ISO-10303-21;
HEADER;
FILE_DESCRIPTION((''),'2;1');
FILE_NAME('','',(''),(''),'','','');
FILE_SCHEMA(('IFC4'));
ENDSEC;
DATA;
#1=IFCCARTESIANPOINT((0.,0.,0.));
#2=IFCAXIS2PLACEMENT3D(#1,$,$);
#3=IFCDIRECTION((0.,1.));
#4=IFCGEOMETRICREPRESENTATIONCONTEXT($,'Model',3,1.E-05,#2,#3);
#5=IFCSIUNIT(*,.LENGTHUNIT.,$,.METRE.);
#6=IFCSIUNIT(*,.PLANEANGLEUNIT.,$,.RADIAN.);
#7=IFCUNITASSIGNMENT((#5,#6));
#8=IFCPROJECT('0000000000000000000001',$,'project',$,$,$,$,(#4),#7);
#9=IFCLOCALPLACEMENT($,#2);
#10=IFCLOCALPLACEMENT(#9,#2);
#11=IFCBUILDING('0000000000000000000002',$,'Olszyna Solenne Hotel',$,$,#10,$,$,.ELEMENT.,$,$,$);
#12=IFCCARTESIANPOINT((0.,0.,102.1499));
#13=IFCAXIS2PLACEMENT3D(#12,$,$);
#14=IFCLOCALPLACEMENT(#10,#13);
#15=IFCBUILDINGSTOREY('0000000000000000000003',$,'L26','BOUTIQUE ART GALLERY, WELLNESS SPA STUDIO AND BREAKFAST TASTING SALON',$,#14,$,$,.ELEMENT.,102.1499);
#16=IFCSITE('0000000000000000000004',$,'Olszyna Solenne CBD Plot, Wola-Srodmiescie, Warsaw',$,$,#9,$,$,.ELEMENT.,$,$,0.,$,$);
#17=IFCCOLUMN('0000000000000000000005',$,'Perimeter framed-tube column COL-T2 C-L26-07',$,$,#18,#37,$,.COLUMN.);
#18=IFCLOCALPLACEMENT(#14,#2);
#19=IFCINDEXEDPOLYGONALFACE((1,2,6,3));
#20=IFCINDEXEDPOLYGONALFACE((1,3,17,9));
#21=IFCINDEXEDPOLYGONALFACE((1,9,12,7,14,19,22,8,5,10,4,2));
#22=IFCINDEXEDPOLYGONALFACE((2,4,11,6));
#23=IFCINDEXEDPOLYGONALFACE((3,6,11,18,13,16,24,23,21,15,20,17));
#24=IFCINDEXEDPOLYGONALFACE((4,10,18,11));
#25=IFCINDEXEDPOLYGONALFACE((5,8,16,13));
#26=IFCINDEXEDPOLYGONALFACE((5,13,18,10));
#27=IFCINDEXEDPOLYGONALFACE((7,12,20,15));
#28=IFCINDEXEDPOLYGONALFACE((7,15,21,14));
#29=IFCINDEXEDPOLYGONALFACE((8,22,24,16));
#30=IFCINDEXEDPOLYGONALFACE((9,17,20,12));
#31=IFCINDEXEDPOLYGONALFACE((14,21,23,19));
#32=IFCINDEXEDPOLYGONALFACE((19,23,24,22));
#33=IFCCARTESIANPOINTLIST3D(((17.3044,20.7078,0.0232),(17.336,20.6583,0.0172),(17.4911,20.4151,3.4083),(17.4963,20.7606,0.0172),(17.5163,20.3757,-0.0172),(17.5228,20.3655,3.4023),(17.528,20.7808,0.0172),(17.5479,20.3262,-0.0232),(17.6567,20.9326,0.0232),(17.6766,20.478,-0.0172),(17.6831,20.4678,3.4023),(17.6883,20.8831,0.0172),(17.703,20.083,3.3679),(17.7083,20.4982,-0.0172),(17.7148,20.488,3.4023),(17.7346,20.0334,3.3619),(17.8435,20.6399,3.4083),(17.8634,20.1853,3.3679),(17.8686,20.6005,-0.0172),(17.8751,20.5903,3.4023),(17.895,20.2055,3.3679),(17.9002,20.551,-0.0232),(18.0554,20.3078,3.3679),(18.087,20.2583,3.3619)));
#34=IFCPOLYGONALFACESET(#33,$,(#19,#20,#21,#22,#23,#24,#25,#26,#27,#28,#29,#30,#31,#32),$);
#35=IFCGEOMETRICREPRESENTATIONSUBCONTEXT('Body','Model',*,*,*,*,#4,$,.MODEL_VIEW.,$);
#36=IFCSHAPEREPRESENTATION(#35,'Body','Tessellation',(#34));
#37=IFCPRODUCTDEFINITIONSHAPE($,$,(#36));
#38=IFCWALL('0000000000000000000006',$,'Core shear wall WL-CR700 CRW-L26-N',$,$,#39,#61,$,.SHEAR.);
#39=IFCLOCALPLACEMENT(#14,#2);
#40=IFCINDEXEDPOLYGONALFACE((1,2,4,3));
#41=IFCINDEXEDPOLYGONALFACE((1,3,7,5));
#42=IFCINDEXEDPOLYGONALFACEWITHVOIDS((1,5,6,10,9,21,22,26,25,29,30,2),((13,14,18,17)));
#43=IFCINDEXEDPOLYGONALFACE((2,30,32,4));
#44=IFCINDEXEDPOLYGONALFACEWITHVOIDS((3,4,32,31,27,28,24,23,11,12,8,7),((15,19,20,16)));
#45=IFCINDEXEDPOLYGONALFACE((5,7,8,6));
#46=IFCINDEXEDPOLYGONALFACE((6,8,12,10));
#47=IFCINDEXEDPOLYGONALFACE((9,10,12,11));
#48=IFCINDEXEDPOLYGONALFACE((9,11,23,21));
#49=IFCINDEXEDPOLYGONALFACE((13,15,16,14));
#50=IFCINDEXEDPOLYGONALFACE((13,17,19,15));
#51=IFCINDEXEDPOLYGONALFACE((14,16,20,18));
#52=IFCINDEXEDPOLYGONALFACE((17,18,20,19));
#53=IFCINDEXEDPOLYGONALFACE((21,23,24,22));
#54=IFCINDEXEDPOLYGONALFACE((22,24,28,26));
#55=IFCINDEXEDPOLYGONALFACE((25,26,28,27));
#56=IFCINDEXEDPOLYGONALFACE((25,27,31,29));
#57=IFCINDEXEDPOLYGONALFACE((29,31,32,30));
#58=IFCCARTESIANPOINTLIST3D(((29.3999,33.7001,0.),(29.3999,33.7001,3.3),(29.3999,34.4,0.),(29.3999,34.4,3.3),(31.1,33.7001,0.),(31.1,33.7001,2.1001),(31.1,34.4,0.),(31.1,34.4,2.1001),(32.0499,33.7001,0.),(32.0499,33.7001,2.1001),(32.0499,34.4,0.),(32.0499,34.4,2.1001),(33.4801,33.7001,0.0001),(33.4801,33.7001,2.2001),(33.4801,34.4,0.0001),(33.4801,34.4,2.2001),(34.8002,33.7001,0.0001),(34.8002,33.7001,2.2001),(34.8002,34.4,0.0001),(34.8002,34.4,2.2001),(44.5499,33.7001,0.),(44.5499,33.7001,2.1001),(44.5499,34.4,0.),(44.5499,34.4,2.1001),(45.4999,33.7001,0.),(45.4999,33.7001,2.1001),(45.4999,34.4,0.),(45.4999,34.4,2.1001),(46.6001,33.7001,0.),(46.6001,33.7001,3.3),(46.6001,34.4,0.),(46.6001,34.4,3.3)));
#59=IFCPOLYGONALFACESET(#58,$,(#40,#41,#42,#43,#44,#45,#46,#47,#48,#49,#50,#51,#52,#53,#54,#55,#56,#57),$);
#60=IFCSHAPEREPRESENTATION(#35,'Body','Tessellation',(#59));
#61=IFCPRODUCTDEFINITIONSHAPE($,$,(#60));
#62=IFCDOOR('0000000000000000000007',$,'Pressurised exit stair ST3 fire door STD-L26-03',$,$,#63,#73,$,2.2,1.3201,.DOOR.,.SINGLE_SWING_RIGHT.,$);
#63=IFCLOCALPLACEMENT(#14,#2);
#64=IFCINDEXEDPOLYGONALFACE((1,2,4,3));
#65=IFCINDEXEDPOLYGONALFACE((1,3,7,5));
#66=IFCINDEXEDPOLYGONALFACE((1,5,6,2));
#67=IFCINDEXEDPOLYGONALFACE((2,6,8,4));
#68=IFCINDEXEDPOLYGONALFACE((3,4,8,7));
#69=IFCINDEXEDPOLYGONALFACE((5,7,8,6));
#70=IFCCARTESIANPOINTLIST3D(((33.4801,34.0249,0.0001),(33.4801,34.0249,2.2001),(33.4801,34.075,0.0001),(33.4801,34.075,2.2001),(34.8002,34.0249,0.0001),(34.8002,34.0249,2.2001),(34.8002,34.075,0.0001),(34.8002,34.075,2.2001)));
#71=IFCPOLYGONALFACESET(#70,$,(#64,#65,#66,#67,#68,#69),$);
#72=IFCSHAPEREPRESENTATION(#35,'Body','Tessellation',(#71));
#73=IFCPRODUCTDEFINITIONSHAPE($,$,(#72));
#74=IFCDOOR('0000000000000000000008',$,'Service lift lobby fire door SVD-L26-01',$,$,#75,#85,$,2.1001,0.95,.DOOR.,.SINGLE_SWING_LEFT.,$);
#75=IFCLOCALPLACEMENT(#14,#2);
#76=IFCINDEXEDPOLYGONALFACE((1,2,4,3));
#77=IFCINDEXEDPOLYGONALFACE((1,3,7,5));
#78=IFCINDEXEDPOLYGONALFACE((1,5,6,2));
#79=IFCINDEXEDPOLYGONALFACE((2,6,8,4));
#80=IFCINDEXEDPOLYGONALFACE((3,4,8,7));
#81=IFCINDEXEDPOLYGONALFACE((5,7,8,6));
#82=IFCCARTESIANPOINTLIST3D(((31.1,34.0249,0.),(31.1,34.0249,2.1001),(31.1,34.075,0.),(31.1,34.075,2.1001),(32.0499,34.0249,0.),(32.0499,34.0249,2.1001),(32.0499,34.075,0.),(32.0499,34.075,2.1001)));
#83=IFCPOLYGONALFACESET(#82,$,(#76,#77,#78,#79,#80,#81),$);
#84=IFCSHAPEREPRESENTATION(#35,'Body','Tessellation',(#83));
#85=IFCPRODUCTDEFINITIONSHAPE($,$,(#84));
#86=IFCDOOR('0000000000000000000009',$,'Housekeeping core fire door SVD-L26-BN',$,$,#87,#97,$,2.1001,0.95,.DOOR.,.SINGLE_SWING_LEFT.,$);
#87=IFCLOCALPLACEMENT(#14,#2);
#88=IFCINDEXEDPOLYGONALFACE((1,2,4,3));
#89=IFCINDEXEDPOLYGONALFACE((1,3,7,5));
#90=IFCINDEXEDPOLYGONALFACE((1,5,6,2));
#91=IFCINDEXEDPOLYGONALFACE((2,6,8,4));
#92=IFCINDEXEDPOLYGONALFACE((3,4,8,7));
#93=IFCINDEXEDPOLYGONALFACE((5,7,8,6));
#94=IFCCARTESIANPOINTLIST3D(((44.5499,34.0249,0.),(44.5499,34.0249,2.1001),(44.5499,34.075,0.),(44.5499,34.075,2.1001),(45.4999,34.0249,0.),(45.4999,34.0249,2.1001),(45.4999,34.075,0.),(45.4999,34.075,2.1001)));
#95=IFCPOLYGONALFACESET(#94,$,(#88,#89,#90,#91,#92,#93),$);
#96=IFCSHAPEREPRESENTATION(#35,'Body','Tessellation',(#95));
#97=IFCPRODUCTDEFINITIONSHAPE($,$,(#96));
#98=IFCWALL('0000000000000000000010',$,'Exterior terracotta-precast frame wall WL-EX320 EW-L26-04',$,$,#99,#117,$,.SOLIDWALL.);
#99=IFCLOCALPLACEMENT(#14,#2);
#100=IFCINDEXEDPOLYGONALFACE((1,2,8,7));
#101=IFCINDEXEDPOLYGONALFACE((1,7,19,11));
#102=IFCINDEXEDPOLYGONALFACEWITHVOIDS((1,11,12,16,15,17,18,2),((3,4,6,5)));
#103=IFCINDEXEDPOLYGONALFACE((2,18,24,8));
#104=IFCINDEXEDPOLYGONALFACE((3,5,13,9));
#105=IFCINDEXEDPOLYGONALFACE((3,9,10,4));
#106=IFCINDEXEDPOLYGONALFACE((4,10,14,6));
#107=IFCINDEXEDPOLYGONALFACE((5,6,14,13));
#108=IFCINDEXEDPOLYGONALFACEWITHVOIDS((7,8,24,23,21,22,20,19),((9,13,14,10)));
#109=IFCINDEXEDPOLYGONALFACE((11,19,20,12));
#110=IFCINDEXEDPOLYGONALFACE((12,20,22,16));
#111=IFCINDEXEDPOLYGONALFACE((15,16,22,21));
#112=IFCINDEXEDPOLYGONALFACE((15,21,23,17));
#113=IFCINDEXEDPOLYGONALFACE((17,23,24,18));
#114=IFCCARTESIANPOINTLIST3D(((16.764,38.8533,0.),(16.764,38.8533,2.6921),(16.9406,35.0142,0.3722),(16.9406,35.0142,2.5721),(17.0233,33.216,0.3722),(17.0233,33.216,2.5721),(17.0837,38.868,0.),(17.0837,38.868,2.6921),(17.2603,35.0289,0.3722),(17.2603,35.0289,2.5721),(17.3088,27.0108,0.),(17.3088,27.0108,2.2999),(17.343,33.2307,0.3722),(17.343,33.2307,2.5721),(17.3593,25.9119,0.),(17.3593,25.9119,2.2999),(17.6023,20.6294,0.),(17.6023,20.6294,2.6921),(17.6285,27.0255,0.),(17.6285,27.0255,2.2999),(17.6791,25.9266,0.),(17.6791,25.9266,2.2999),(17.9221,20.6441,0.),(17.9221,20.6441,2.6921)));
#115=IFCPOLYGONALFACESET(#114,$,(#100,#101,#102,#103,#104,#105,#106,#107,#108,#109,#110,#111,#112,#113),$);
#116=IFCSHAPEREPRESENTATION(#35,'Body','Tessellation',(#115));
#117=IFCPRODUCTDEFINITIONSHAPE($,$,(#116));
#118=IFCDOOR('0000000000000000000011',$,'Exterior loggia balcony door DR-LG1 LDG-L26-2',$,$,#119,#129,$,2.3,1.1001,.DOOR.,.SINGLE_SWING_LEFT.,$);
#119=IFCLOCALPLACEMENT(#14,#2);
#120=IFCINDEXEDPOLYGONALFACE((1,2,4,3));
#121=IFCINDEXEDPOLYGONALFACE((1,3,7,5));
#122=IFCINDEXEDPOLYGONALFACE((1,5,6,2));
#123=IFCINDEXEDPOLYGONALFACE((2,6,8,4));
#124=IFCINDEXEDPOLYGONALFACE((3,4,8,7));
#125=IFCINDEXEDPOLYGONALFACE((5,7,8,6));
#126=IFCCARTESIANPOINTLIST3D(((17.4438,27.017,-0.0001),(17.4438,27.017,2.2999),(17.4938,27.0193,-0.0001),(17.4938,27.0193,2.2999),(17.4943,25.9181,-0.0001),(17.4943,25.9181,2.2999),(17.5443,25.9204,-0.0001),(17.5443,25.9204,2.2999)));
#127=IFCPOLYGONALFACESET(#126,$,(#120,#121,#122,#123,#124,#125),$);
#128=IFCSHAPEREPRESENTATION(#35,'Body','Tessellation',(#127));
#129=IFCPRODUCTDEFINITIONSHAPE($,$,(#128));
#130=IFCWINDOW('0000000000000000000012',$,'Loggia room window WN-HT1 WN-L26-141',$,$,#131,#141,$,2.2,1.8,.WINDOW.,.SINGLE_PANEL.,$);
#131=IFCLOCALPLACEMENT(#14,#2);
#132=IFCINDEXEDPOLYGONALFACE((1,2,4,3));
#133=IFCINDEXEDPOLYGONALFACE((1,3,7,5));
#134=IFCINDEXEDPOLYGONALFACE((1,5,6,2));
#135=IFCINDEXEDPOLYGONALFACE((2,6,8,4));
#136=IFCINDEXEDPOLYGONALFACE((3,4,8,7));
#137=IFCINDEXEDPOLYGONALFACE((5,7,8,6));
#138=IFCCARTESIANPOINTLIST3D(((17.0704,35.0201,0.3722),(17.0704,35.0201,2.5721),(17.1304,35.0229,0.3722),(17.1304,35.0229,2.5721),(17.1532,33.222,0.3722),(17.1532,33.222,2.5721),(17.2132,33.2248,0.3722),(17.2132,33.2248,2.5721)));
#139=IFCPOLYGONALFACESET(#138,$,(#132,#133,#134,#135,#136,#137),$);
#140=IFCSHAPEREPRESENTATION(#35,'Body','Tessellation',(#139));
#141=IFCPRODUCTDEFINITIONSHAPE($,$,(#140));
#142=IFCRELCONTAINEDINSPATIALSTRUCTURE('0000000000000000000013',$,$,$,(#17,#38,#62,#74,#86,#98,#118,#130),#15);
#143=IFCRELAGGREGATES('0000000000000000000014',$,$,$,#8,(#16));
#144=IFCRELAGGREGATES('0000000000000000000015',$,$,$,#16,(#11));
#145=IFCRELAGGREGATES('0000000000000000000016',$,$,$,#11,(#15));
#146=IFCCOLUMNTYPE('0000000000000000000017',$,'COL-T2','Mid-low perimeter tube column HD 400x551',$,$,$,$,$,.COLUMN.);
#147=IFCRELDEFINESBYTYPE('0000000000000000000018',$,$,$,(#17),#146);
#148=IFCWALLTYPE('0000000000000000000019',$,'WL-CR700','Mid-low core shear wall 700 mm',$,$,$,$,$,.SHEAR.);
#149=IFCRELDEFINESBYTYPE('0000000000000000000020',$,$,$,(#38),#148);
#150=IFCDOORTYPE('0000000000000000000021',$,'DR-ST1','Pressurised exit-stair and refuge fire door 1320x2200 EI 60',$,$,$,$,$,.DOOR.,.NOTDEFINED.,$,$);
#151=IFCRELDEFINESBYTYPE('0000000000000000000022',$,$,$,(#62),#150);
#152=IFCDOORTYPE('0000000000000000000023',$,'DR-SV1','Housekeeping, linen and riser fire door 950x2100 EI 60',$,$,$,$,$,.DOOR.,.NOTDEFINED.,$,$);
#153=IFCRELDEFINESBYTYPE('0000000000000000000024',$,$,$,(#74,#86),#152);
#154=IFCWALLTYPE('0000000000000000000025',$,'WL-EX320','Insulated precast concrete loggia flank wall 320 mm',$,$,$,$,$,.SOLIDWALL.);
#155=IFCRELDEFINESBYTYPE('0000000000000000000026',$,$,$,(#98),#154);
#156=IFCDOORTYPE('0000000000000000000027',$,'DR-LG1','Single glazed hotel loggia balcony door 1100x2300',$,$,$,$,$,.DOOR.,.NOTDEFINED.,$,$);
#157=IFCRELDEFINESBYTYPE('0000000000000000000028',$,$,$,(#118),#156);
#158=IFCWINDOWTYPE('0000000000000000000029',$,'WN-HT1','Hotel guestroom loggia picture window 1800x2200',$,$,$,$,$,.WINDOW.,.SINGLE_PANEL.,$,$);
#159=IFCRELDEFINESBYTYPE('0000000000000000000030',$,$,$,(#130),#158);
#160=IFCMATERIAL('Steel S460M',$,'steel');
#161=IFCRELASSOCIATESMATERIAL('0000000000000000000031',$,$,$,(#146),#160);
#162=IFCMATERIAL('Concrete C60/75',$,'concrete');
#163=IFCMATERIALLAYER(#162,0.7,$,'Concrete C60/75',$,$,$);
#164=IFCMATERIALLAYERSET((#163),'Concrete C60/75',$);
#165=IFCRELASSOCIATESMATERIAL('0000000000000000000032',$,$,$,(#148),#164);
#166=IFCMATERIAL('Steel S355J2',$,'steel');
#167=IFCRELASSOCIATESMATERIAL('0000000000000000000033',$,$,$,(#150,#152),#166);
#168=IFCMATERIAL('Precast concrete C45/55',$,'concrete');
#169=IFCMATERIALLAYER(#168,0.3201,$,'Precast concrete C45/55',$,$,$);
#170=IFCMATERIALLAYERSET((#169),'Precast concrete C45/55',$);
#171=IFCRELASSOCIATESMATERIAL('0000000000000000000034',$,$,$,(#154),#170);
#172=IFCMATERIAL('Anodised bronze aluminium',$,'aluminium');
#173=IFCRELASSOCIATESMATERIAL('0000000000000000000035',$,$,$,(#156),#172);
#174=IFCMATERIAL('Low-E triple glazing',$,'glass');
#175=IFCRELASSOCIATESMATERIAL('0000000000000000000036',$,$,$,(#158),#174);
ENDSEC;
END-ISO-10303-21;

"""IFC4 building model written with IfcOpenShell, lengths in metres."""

from ifc_helpers import new_model, si_unit, direction, frame, frame_2d, origin, origin_2d, place, context, subcontext, project, spatial, rectangle, i_section, extrude, source, transform, mapped, material, layer, layer_set, material_profile, profile_set, type_object, type_shapes, element, fill, save


model = new_model("IFC4")

# Units and contexts
model_context = context("Model", 3, precision=1e-05, world=origin(), true_north=direction((0.0, 1.0)))
body_context = subcontext(model_context, "Body", "Model", "MODEL_VIEW")
ifc_project = project(units=[si_unit("LENGTHUNIT", "METRE"), si_unit("PLANEANGLEUNIT", "RADIAN")], contexts=[model_context])

# Site, building, storey
site_placement = place(None, origin())
site = spatial("IfcSite", under=ifc_project, at=site_placement, Name="Olszyna Solenne CBD Plot, Wola-Srodmiescie, Warsaw", CompositionType="ELEMENT", RefElevation=0.0)
building_placement = place(site_placement, origin())
building = spatial("IfcBuilding", under=site, at=building_placement, Name="Olszyna Solenne Hotel", CompositionType="ELEMENT")
storey_placement = place(building_placement, frame((0.0, 0.0, 102.1499)))
storey = spatial("IfcBuildingStorey", under=building, at=storey_placement, Name="L26", Description="BOUTIQUE ART GALLERY, WELLNESS SPA STUDIO AND BREAKFAST TASTING SALON", CompositionType="ELEMENT", Elevation=102.1499)

# Column
ifc_material_1 = material(Name="Steel S460M", Category="steel")
ifc_material_profile = material_profile(ifc_material_1, i_section(OverallWidth=0.418, OverallDepth=0.4551, WebThickness=0.0376, FlangeThickness=0.0591, at=origin_2d()), Name="HD 400x551", Category="load-bearing")
ifc_profile_set = profile_set([ifc_material_profile], Name="Steel S460M")
column_type = type_object("IfcColumnType", Name="COL-T2", Description="Mid-low perimeter tube column HD 400x551", PredefinedType="COLUMN", material=ifc_profile_set)
shared_shape_1 = source(origin(), body_context, "Body", "SweptSolid", [
    extrude(i_section(OverallWidth=0.418, OverallDepth=0.4551, WebThickness=0.0376, FlangeThickness=0.0591, at=origin_2d()), origin(), (0.0, 0.0, 1.0), 3.4028),
])
column_placement = place(storey_placement, frame((17.6023, 20.6294, 0.0), z_axis=(0.054887, -0.086025, 0.99478), x_axis=(0.843024, 0.537876, 0.0)))
element("IfcColumn", 1, at=column_placement, inside=storey, type_object=column_type, Name="Perimeter framed-tube column COL-T2 C-L26-07", PredefinedType="COLUMN", context=body_context, shape_type="MappedRepresentation", body=[
    mapped(shared_shape_1, transform((0.0, 0.0, 0.0), x_axis=(1.0, 0.0, 0.0), y_axis=(0.0, 1.0, 0.0), z_axis=(0.0, 0.0, 1.0), scale=1.0)),
])

# Wall, openings, doors
ifc_material_2 = material(Name="Concrete C60/75", Category="concrete")
ifc_layer_1 = layer(ifc_material_2, 0.7, Name="Concrete C60/75")
ifc_layer_set_1 = layer_set([ifc_layer_1], Name="Concrete C60/75")
wall_type_1 = type_object("IfcWallType", Name="WL-CR700", Description="Mid-low core shear wall 700 mm", PredefinedType="SHEAR", material=ifc_layer_set_1)
wall_1_placement = place(storey_placement, frame((29.3999, 34.05, 0.0), z_axis=(0.0, 0.0, 1.0), x_axis=(1.0, 0.0, 0.0)))
wall_1 = element("IfcWall", 2, at=wall_1_placement, inside=storey, type_object=wall_type_1, Name="Core shear wall WL-CR700 CRW-L26-N", PredefinedType="SHEAR", context=body_context, shape_type="SweptSolid", body=[
    extrude(rectangle(XDim=17.2002, YDim=0.7, at=frame_2d((8.6001, 0.0))), origin(), (0.0, 0.0, 1.0), 3.3),
])
opening_1_placement = place(wall_1_placement, frame((1.7, 0.0, 0.0)))
opening_1 = element("IfcOpeningElement", 3, at=opening_1_placement, cuts=wall_1, PredefinedType="OPENING", context=body_context, shape_type="SweptSolid", body=[
    extrude(rectangle(XDim=0.95, YDim=2.1001, at=frame_2d((0.4751, 1.05))), frame((0.0, 0.3599, 0.0), z_axis=(0.0, -1.0, 0.0), x_axis=(1.0, 0.0, 0.0)), (0.0, 0.0, 1.0), 0.72),
])
opening_2_placement = place(wall_1_placement, frame((4.0801, 0.0, 0.0)))
opening_2 = element("IfcOpeningElement", 4, at=opening_2_placement, cuts=wall_1, PredefinedType="OPENING", context=body_context, shape_type="SweptSolid", body=[
    extrude(rectangle(XDim=1.3201, YDim=2.2, at=frame_2d((0.6602, 1.1001))), frame((0.0, 0.3599, 0.0), z_axis=(0.0, -1.0, 0.0), x_axis=(1.0, 0.0, 0.0)), (0.0, 0.0, 1.0), 0.72),
])
opening_3_placement = place(wall_1_placement, frame((15.1499, 0.0, 0.0)))
opening_3 = element("IfcOpeningElement", 5, at=opening_3_placement, cuts=wall_1, PredefinedType="OPENING", context=body_context, shape_type="SweptSolid", body=[
    extrude(rectangle(XDim=0.95, YDim=2.1001, at=frame_2d((0.4751, 1.05))), frame((0.0, 0.3599, 0.0), z_axis=(0.0, -1.0, 0.0), x_axis=(1.0, 0.0, 0.0)), (0.0, 0.0, 1.0), 0.72),
])
ifc_material_3 = material(Name="Steel S355J2", Category="steel")
door_type_1 = type_object("IfcDoorType", Name="DR-ST1", Description="Pressurised exit-stair and refuge fire door 1320x2200 EI 60", OperationType="NOTDEFINED", PredefinedType="DOOR", material=ifc_material_3)
shared_shape_2 = source(origin(), body_context, "Body", "SweptSolid", [
    extrude(rectangle(XDim=1.3201, YDim=2.2, at=frame_2d((0.6602, 1.1001))), frame((0.0, 0.0249, 0.0), z_axis=(0.0, -1.0, 0.0), x_axis=(1.0, 0.0, 0.0)), (0.0, 0.0, 1.0), 0.05),
])
type_shapes(door_type_1, [shared_shape_2])
door_1_placement = place(opening_2_placement, origin())
door_1 = element("IfcDoor", 6, at=door_1_placement, inside=storey, type_object=door_type_1, Name="Pressurised exit stair ST3 fire door STD-L26-03", OperationType="SINGLE_SWING_RIGHT", OverallHeight=2.2, OverallWidth=1.3201, PredefinedType="DOOR", context=body_context, shape_type="MappedRepresentation", body=[
    mapped(shared_shape_2, transform((0.0, 0.0, 0.0), x_axis=(1.0, 0.0, 0.0), y_axis=(0.0, 1.0, 0.0), z_axis=(0.0, 0.0, 1.0), scale=1.0)),
])
fill(opening_2, door_1)
door_type_2 = type_object("IfcDoorType", Name="DR-SV1", Description="Housekeeping, linen and riser fire door 950x2100 EI 60", OperationType="NOTDEFINED", PredefinedType="DOOR", material=ifc_material_3)
shared_shape_3 = source(origin(), body_context, "Body", "SweptSolid", [
    extrude(rectangle(XDim=0.95, YDim=2.1001, at=frame_2d((0.4751, 1.05))), frame((0.0, 0.0249, 0.0), z_axis=(0.0, -1.0, 0.0), x_axis=(1.0, 0.0, 0.0)), (0.0, 0.0, 1.0), 0.05),
])
type_shapes(door_type_2, [shared_shape_3])
door_2_placement = place(opening_1_placement, origin())
door_2 = element("IfcDoor", 7, at=door_2_placement, inside=storey, type_object=door_type_2, Name="Service lift lobby fire door SVD-L26-01", OperationType="SINGLE_SWING_LEFT", OverallHeight=2.1001, OverallWidth=0.95, PredefinedType="DOOR", context=body_context, shape_type="MappedRepresentation", body=[
    mapped(shared_shape_3, transform((0.0, 0.0, 0.0), x_axis=(1.0, 0.0, 0.0), y_axis=(0.0, 1.0, 0.0), z_axis=(0.0, 0.0, 1.0), scale=1.0)),
])
fill(opening_1, door_2)
door_3_placement = place(opening_3_placement, origin())
door_3 = element("IfcDoor", 8, at=door_3_placement, inside=storey, type_object=door_type_2, Name="Housekeeping core fire door SVD-L26-BN", OperationType="SINGLE_SWING_LEFT", OverallHeight=2.1001, OverallWidth=0.95, PredefinedType="DOOR", context=body_context, shape_type="MappedRepresentation", body=[
    mapped(shared_shape_3, transform((0.0, 0.0, 0.0), x_axis=(1.0, 0.0, 0.0), y_axis=(0.0, 1.0, 0.0), z_axis=(0.0, 0.0, 1.0), scale=1.0)),
])
fill(opening_3, door_3)

# Wall, openings, door, window
ifc_material_4 = material(Name="Precast concrete C45/55", Category="concrete")
ifc_layer_2 = layer(ifc_material_4, 0.3201, Name="Precast concrete C45/55")
ifc_layer_set_2 = layer_set([ifc_layer_2], Name="Precast concrete C45/55")
wall_type_2 = type_object("IfcWallType", Name="WL-EX320", Description="Insulated precast concrete loggia flank wall 320 mm", PredefinedType="SOLIDWALL", material=ifc_layer_set_2)
wall_2_placement = place(storey_placement, frame((17.7622, 20.6367, 0.0), z_axis=(0.0, 0.0, 1.0), x_axis=(-0.045956, 0.998943, 0.0)))
wall_2 = element("IfcWall", 9, at=wall_2_placement, inside=storey, type_object=wall_type_2, Name="Exterior terracotta-precast frame wall WL-EX320 EW-L26-04", PredefinedType="SOLIDWALL", context=body_context, shape_type="SweptSolid", body=[
    extrude(rectangle(XDim=18.2432, YDim=0.3201, at=frame_2d((9.1216, 0.0))), origin(), (0.0, 0.0, 1.0), 2.6921),
])
opening_4_placement = place(wall_2_placement, frame((5.2881, 0.0, 0.0)))
opening_4 = element("IfcOpeningElement", 10, at=opening_4_placement, cuts=wall_2, PredefinedType="OPENING", context=body_context, shape_type="SweptSolid", body=[
    extrude(rectangle(XDim=1.1001, YDim=2.3, at=frame_2d((0.55, 1.1499))), frame((0.0, 0.1699, 0.0), z_axis=(0.0, -1.0, 0.0), x_axis=(1.0, 0.0, 0.0)), (0.0, 0.0, 1.0), 0.3401),
])
opening_5_placement = place(wall_2_placement, frame((12.6001, 0.0, 0.3721)))
opening_5 = element("IfcOpeningElement", 11, at=opening_5_placement, cuts=wall_2, PredefinedType="OPENING", context=body_context, shape_type="SweptSolid", body=[
    extrude(rectangle(XDim=1.8, YDim=2.2, at=frame_2d((0.8999, 1.1001))), frame((0.0, 0.1699, 0.0), z_axis=(0.0, -1.0, 0.0), x_axis=(1.0, 0.0, 0.0)), (0.0, 0.0, 1.0), 0.3401),
])
ifc_material_5 = material(Name="Anodised bronze aluminium", Category="aluminium")
door_type_3 = type_object("IfcDoorType", Name="DR-LG1", Description="Single glazed hotel loggia balcony door 1100x2300", OperationType="NOTDEFINED", PredefinedType="DOOR", material=ifc_material_5)
shared_shape_4 = source(origin(), body_context, "Body", "SweptSolid", [
    extrude(rectangle(XDim=1.1001, YDim=2.3, at=frame_2d((0.55, 1.1499))), frame((0.0, 0.0249, 0.0), z_axis=(0.0, -1.0, 0.0), x_axis=(1.0, 0.0, 0.0)), (0.0, 0.0, 1.0), 0.05),
])
type_shapes(door_type_3, [shared_shape_4])
door_4_placement = place(opening_4_placement, origin())
door_4 = element("IfcDoor", 12, at=door_4_placement, inside=storey, type_object=door_type_3, Name="Exterior loggia balcony door DR-LG1 LDG-L26-2", OperationType="SINGLE_SWING_LEFT", OverallHeight=2.3, OverallWidth=1.1001, PredefinedType="DOOR", context=body_context, shape_type="MappedRepresentation", body=[
    mapped(shared_shape_4, transform((0.0, 0.0, 0.0), x_axis=(1.0, 0.0, 0.0), y_axis=(0.0, 1.0, 0.0), z_axis=(0.0, 0.0, 1.0), scale=1.0)),
])
fill(opening_4, door_4)
ifc_material_6 = material(Name="Low-E triple glazing", Category="glass")
window_type = type_object("IfcWindowType", Name="WN-HT1", Description="Hotel guestroom loggia picture window 1800x2200", PartitioningType="SINGLE_PANEL", PredefinedType="WINDOW", material=ifc_material_6)
shared_shape_5 = source(origin(), body_context, "Body", "SweptSolid", [
    extrude(rectangle(XDim=1.8, YDim=2.2, at=frame_2d((0.8999, 1.1001))), frame((0.0, 0.03, 0.0), z_axis=(0.0, -1.0, 0.0), x_axis=(1.0, 0.0, 0.0)), (0.0, 0.0, 1.0), 0.0601),
])
type_shapes(window_type, [shared_shape_5])
window_placement = place(opening_5_placement, origin())
window = element("IfcWindow", 13, at=window_placement, inside=storey, type_object=window_type, Name="Loggia room window WN-HT1 WN-L26-141", OverallHeight=2.2, OverallWidth=1.8, PartitioningType="SINGLE_PANEL", PredefinedType="WINDOW", context=body_context, shape_type="MappedRepresentation", body=[
    mapped(shared_shape_5, transform((0.0, 0.0, 0.0), x_axis=(1.0, 0.0, 0.0), y_axis=(0.0, 1.0, 0.0), z_axis=(0.0, 0.0, 1.0), scale=1.0)),
])
fill(opening_5, window)

save(model, "model.ifc")
